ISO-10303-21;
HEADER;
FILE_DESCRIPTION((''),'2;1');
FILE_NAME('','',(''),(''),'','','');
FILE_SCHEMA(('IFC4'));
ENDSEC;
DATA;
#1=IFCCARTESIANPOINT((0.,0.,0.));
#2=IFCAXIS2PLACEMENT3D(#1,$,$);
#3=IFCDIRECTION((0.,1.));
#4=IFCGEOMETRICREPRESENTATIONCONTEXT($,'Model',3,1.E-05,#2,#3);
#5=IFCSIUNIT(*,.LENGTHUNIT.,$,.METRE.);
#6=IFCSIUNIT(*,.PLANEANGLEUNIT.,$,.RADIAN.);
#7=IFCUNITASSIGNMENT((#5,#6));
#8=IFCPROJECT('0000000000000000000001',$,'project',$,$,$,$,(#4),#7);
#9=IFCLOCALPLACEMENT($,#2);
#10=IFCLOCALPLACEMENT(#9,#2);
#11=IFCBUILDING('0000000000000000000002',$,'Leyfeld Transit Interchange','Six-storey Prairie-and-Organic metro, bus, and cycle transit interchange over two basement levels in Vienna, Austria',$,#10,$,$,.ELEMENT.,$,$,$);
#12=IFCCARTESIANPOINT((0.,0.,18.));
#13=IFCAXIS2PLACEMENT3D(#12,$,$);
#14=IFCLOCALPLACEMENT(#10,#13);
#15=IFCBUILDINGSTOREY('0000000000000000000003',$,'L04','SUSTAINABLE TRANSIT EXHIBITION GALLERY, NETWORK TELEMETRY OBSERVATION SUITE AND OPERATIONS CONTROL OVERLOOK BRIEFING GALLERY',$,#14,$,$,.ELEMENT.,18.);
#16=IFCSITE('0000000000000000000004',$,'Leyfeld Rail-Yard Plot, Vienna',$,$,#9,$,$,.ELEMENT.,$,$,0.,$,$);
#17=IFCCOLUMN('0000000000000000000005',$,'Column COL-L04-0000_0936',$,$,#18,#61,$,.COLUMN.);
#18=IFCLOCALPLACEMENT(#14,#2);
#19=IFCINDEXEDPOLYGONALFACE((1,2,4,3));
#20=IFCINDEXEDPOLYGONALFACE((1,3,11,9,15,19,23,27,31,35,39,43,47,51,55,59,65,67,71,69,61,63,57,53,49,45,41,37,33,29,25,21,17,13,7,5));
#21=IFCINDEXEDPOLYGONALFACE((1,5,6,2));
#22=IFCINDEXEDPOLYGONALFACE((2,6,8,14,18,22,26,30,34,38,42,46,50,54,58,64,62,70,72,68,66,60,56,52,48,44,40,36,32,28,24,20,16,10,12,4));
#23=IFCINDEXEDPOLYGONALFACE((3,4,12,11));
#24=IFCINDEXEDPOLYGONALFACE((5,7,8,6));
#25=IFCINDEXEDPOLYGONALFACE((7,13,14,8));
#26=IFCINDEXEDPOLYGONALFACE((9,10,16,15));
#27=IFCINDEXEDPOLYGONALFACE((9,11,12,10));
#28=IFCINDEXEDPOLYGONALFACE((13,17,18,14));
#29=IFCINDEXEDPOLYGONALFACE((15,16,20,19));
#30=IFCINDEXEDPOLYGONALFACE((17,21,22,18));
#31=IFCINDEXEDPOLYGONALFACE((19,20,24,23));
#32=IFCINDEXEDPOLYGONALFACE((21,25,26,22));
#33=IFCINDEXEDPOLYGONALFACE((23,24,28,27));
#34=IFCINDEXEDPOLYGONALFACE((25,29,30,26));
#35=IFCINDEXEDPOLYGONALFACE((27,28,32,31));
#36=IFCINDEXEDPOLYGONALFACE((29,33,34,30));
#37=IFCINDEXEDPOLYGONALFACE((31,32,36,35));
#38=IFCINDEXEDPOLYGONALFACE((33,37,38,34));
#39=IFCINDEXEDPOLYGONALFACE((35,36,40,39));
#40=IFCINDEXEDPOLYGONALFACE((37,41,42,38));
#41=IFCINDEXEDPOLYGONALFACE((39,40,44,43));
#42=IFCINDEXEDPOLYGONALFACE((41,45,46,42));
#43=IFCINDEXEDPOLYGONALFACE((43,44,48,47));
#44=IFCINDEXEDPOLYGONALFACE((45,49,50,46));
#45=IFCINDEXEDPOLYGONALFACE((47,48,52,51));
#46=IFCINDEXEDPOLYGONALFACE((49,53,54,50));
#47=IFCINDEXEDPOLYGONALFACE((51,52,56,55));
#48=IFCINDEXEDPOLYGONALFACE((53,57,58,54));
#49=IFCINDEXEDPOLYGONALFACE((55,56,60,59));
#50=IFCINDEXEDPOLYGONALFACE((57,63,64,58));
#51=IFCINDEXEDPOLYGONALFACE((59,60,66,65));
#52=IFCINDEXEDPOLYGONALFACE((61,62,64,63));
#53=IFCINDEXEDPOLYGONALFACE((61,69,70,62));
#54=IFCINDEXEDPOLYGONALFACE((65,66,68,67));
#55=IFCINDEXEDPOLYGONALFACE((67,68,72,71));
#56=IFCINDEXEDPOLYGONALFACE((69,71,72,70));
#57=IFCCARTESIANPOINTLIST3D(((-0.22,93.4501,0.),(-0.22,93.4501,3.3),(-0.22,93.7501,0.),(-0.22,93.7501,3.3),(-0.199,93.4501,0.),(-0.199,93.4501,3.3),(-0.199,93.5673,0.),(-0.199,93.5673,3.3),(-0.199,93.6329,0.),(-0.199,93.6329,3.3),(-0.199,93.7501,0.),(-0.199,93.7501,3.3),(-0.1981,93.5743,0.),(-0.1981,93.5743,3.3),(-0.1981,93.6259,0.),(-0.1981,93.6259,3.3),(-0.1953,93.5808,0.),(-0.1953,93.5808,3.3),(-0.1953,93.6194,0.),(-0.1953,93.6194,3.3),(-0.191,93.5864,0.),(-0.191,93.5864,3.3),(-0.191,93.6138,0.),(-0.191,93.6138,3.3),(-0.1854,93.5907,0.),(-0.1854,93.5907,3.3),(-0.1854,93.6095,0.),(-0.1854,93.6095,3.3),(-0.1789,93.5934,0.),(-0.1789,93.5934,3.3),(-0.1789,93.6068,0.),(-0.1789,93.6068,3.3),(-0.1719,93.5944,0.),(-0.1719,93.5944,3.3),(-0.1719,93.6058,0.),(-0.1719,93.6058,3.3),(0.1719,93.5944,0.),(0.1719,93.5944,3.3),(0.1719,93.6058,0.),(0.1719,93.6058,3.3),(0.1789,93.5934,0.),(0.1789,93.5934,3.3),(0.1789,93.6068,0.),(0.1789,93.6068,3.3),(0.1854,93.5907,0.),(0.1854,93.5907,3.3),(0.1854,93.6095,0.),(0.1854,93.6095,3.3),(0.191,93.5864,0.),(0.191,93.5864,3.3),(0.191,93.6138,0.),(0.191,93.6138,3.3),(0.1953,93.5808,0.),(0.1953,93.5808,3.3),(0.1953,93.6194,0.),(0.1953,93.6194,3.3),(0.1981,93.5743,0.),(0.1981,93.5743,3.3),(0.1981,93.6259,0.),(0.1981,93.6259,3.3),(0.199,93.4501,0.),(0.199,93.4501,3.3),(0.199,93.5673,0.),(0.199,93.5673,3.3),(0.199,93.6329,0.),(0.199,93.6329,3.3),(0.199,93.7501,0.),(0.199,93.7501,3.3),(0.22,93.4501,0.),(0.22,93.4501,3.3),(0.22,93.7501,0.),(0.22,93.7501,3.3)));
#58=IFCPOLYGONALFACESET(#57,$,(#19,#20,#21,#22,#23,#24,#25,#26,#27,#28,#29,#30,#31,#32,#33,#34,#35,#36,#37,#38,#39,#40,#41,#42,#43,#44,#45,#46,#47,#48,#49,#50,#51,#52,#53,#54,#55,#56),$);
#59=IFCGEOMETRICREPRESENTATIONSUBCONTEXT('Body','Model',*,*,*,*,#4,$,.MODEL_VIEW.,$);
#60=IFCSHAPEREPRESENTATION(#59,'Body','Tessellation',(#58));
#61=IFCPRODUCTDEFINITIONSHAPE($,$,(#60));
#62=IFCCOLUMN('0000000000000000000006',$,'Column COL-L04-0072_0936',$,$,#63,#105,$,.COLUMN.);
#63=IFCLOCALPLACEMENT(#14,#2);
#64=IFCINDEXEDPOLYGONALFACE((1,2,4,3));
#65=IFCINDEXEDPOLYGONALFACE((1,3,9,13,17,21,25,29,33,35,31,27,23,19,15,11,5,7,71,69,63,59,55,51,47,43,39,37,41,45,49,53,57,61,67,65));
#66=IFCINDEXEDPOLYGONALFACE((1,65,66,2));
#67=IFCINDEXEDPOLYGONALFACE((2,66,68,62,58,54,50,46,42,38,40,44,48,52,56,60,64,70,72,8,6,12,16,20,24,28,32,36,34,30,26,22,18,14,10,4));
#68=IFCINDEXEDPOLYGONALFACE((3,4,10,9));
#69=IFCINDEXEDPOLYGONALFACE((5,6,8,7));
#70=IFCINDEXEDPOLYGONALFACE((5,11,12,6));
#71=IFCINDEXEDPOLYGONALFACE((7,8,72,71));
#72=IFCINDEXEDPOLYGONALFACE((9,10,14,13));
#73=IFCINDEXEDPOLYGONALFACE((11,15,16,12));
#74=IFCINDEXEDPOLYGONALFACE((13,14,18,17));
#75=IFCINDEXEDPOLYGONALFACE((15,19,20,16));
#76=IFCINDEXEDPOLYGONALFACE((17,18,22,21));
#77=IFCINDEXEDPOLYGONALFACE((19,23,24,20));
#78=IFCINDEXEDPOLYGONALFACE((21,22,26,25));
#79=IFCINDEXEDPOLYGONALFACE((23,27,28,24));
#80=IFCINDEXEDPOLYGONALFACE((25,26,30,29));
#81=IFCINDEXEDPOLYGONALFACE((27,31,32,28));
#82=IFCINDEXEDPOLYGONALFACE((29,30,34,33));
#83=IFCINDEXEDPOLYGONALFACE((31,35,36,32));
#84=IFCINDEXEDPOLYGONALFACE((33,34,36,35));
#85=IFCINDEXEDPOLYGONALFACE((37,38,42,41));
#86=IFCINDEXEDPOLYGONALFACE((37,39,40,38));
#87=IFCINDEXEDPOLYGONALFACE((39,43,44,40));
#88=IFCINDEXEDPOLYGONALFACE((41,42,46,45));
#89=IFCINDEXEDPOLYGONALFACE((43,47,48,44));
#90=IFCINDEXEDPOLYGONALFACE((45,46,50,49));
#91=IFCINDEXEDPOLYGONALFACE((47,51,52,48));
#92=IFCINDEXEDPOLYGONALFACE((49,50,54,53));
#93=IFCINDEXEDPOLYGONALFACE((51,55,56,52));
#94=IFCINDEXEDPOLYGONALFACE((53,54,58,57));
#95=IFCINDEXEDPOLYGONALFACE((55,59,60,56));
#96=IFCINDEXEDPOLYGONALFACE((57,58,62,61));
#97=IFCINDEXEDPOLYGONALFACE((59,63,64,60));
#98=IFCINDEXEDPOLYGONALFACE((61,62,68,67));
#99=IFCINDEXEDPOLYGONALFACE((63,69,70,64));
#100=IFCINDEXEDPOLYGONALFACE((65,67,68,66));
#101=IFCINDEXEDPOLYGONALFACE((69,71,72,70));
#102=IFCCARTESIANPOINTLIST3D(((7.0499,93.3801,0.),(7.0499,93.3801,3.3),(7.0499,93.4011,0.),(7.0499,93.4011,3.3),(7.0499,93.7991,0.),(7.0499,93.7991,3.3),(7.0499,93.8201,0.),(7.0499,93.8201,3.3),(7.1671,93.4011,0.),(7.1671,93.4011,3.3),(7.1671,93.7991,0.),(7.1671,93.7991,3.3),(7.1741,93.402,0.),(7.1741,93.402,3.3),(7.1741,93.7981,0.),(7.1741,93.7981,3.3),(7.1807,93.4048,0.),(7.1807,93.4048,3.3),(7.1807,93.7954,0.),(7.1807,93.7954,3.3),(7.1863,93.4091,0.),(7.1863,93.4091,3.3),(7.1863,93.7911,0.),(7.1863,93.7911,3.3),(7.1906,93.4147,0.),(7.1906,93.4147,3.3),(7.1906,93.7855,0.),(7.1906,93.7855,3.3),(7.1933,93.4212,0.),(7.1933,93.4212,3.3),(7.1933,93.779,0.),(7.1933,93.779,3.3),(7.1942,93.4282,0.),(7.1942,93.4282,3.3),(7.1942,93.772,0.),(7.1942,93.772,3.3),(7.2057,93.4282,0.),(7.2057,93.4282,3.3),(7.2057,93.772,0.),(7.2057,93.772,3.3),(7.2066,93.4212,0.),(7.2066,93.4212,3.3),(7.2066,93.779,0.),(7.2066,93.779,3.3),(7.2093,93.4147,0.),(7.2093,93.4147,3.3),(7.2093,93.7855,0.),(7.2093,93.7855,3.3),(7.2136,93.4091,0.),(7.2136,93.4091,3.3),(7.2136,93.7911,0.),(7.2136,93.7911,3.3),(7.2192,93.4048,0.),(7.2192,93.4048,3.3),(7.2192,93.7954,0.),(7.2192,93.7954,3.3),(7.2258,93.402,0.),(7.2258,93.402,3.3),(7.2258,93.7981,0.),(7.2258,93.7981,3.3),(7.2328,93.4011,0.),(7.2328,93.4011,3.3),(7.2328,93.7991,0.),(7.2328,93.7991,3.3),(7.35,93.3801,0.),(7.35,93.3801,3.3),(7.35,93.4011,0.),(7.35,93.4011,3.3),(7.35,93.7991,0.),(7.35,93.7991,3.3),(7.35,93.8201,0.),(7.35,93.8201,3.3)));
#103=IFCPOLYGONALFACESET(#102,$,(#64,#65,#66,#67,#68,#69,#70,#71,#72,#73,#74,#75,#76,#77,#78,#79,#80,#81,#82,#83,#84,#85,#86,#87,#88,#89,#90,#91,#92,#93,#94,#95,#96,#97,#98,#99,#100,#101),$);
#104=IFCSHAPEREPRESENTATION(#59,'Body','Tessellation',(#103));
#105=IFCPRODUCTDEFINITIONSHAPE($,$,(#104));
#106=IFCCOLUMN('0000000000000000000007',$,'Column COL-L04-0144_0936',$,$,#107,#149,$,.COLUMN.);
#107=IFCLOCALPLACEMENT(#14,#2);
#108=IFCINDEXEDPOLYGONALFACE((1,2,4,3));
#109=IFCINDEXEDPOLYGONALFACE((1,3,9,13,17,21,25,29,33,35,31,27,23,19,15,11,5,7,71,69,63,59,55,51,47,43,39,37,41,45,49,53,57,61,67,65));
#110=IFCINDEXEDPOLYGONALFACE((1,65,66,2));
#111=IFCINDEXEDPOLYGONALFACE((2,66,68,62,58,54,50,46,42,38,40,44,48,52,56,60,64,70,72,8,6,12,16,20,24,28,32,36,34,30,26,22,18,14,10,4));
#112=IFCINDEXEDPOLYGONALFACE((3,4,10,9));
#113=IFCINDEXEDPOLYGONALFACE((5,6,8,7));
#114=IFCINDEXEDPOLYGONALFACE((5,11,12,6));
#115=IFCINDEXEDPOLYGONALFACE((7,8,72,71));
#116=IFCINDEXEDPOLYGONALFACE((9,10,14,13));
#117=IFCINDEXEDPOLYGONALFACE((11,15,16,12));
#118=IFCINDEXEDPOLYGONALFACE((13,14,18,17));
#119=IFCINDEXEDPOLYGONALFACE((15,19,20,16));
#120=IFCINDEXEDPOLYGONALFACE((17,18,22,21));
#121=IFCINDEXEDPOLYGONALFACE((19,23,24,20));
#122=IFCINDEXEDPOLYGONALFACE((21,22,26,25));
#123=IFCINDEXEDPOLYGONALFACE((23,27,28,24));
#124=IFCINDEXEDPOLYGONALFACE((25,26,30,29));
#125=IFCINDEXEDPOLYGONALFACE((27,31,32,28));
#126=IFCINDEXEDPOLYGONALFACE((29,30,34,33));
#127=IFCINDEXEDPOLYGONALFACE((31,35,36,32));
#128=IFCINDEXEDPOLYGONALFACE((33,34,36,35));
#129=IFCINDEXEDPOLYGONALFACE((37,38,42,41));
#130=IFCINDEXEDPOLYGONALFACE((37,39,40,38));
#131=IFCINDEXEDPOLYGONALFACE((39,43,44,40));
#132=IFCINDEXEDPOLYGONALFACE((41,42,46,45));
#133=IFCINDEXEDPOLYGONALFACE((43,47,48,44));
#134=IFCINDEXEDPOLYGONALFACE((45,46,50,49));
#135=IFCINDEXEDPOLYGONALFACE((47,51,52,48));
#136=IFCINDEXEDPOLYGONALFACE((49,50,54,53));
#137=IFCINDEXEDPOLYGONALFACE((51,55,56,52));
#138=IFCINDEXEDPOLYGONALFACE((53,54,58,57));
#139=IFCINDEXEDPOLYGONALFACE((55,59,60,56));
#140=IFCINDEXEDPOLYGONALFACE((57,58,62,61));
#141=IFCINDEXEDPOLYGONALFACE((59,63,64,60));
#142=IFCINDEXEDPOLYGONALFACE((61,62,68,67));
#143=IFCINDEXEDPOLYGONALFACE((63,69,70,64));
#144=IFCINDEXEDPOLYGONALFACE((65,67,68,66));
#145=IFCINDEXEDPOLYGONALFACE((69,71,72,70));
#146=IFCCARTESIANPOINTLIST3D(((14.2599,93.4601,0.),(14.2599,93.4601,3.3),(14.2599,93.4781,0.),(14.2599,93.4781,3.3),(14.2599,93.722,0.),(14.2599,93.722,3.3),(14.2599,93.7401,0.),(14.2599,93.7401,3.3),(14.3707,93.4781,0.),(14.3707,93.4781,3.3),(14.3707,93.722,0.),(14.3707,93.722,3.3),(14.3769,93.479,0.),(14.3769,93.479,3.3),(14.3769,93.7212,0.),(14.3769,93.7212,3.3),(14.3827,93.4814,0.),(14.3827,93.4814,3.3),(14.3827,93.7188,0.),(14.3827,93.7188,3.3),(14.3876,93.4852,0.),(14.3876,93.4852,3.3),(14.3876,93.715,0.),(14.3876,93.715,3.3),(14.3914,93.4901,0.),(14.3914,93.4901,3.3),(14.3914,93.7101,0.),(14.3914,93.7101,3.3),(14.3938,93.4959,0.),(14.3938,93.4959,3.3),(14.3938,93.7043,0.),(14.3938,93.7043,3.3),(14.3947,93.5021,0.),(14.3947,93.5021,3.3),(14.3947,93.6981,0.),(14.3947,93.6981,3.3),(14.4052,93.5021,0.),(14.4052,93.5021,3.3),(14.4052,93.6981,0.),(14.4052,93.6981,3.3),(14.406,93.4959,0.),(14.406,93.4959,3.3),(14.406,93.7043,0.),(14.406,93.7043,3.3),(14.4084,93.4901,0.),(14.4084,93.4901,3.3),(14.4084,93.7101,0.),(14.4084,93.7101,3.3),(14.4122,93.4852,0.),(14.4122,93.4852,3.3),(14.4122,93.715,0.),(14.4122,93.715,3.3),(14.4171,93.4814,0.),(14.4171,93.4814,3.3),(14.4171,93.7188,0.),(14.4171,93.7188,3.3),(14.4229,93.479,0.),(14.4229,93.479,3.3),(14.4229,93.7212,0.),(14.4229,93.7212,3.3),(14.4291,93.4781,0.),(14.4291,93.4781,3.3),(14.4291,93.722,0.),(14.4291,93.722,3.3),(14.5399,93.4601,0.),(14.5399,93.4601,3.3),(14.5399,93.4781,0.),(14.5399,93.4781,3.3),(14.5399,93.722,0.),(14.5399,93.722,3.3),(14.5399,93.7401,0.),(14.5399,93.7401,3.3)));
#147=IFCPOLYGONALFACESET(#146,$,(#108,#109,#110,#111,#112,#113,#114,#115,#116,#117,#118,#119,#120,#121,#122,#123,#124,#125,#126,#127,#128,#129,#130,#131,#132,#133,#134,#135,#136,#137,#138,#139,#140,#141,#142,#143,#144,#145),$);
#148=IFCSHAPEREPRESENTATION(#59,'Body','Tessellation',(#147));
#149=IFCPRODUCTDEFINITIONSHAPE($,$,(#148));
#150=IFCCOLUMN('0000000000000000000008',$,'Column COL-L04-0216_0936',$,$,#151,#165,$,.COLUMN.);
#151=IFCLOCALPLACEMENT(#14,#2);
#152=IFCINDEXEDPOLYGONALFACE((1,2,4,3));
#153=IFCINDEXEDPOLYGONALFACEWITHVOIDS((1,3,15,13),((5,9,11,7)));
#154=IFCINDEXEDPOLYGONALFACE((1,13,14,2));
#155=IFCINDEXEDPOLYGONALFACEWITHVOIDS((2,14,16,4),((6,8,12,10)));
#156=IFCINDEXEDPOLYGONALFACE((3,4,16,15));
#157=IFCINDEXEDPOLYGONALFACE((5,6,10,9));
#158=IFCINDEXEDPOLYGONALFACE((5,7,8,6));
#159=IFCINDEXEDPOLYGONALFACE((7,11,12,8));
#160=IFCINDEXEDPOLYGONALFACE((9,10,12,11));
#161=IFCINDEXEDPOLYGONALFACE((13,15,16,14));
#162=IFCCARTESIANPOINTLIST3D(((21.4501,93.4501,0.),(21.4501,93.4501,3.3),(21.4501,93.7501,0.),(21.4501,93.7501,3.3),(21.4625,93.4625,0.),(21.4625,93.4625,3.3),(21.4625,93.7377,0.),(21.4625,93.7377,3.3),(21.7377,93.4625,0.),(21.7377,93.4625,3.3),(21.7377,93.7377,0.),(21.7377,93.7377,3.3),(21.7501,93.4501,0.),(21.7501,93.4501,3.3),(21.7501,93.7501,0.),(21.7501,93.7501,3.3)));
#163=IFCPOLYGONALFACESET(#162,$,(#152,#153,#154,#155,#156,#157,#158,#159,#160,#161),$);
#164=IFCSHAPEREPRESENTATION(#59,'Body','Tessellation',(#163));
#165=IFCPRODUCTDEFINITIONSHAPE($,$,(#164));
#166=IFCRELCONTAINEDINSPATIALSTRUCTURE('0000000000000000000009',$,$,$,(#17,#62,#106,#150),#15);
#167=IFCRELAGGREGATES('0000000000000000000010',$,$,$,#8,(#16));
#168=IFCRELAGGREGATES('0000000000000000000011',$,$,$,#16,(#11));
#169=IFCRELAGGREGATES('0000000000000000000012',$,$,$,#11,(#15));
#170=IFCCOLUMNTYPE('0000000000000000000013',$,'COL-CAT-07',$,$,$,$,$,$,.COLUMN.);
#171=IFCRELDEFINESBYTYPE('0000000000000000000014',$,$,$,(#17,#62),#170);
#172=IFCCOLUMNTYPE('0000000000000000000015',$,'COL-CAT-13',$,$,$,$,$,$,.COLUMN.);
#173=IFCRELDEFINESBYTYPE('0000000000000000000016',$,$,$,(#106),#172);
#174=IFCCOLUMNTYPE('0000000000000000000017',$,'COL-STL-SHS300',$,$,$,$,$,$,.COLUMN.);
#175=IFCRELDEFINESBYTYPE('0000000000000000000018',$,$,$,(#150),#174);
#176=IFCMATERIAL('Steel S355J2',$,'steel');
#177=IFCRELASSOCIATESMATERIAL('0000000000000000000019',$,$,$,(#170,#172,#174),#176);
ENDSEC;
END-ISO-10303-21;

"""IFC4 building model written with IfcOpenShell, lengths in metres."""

from ifc_helpers import new_model, si_unit, direction, frame, origin, origin_2d, place, context, subcontext, project, spatial, hollow_rectangle, i_section, extrude, material, material_profile, profile_set, type_object, element, save


model = new_model("IFC4")

# Units and contexts
model_context = context("Model", 3, precision=1e-05, world=origin(), true_north=direction((0.0, 1.0)))
body_context = subcontext(model_context, "Body", "Model", "MODEL_VIEW")
ifc_project = project(units=[si_unit("LENGTHUNIT", "METRE"), si_unit("PLANEANGLEUNIT", "RADIAN")], contexts=[model_context])

# Site, building, storey
site_placement = place(None, origin())
site = spatial("IfcSite", under=ifc_project, at=site_placement, Name="Leyfeld Rail-Yard Plot, Vienna", CompositionType="ELEMENT", RefElevation=0.0)
building_placement = place(site_placement, origin())
building = spatial("IfcBuilding", under=site, at=building_placement, Name="Leyfeld Transit Interchange", Description="Six-storey Prairie-and-Organic metro, bus, and cycle transit interchange over two basement levels in Vienna, Austria", CompositionType="ELEMENT")
storey_placement = place(building_placement, frame((0.0, 0.0, 18.0)))
storey = spatial("IfcBuildingStorey", under=building, at=storey_placement, Name="L04", Description="SUSTAINABLE TRANSIT EXHIBITION GALLERY, NETWORK TELEMETRY OBSERVATION SUITE AND OPERATIONS CONTROL OVERLOOK BRIEFING GALLERY", CompositionType="ELEMENT", Elevation=18.0)

# Columns
ifc_material_1 = material(Name="Steel S355J2", Category="steel")
ifc_material_profile_1 = material_profile(ifc_material_1, i_section(OverallWidth=0.3, OverallDepth=0.4399, WebThickness=0.0115, FlangeThickness=0.021, FilletRadius=0.0271, at=origin_2d()), Name="HEA 450")
ifc_profile_set_1 = profile_set([ifc_material_profile_1], Name="Steel S355J2")
column_type_1 = type_object("IfcColumnType", Name="COL-CAT-07", PredefinedType="COLUMN", material=ifc_profile_set_1)
for number, where, z_axis, x_axis, name in (
    (1, (0.0, 93.6001, 0.0), (0.0, 0.0, 1.0), (0.0, 1.0, 0.0), "Column COL-L04-0000_0936"),
    (2, (7.2, 93.6001, 0.0), (0.0, 0.0, 1.0), (1.0, 0.0, 0.0), "Column COL-L04-0072_0936"),
):
    element("IfcColumn", number, at=place(storey_placement, frame(where, z_axis=z_axis, x_axis=x_axis)), inside=storey, type_object=column_type_1, Name=name, PredefinedType="COLUMN", context=body_context, shape_type="SweptSolid", body=[
        extrude(i_section(OverallWidth=0.3, OverallDepth=0.4399, WebThickness=0.0115, FlangeThickness=0.021, FilletRadius=0.0271, at=origin_2d()), origin(), (0.0, 0.0, 1.0), 3.3),
    ])
ifc_material_profile_2 = material_profile(ifc_material_1, i_section(OverallWidth=0.28, OverallDepth=0.28, WebThickness=0.0105, FlangeThickness=0.0181, FilletRadius=0.0239, at=origin_2d()), Name="HEB 280")
ifc_profile_set_2 = profile_set([ifc_material_profile_2], Name="Steel S355J2")
column_type_2 = type_object("IfcColumnType", Name="COL-CAT-13", PredefinedType="COLUMN", material=ifc_profile_set_2)
column_1_placement = place(storey_placement, frame((14.3999, 93.6001, 0.0), z_axis=(0.0, 0.0, 1.0), x_axis=(1.0, 0.0, 0.0)))
element("IfcColumn", 3, at=column_1_placement, inside=storey, type_object=column_type_2, Name="Column COL-L04-0144_0936", PredefinedType="COLUMN", context=body_context, shape_type="SweptSolid", body=[
    extrude(i_section(OverallWidth=0.28, OverallDepth=0.28, WebThickness=0.0105, FlangeThickness=0.0181, FilletRadius=0.0239, at=origin_2d()), origin(), (0.0, 0.0, 1.0), 3.3),
])
ifc_material_profile_3 = material_profile(ifc_material_1, hollow_rectangle(XDim=0.3, YDim=0.3, WallThickness=0.0125, at=origin_2d()), Name="SHS 300x300x12.5")
ifc_profile_set_3 = profile_set([ifc_material_profile_3], Name="Steel S355J2")
column_type_3 = type_object("IfcColumnType", Name="COL-STL-SHS300", PredefinedType="COLUMN", material=ifc_profile_set_3)
column_2_placement = place(storey_placement, frame((21.6001, 93.6001, 0.0), z_axis=(0.0, 0.0, 1.0), x_axis=(1.0, 0.0, 0.0)))
element("IfcColumn", 4, at=column_2_placement, inside=storey, type_object=column_type_3, Name="Column COL-L04-0216_0936", PredefinedType="COLUMN", context=body_context, shape_type="SweptSolid", body=[
    extrude(hollow_rectangle(XDim=0.3, YDim=0.3, WallThickness=0.0125, at=origin_2d()), origin(), (0.0, 0.0, 1.0), 3.3),
])

save(model, "model.ifc")
